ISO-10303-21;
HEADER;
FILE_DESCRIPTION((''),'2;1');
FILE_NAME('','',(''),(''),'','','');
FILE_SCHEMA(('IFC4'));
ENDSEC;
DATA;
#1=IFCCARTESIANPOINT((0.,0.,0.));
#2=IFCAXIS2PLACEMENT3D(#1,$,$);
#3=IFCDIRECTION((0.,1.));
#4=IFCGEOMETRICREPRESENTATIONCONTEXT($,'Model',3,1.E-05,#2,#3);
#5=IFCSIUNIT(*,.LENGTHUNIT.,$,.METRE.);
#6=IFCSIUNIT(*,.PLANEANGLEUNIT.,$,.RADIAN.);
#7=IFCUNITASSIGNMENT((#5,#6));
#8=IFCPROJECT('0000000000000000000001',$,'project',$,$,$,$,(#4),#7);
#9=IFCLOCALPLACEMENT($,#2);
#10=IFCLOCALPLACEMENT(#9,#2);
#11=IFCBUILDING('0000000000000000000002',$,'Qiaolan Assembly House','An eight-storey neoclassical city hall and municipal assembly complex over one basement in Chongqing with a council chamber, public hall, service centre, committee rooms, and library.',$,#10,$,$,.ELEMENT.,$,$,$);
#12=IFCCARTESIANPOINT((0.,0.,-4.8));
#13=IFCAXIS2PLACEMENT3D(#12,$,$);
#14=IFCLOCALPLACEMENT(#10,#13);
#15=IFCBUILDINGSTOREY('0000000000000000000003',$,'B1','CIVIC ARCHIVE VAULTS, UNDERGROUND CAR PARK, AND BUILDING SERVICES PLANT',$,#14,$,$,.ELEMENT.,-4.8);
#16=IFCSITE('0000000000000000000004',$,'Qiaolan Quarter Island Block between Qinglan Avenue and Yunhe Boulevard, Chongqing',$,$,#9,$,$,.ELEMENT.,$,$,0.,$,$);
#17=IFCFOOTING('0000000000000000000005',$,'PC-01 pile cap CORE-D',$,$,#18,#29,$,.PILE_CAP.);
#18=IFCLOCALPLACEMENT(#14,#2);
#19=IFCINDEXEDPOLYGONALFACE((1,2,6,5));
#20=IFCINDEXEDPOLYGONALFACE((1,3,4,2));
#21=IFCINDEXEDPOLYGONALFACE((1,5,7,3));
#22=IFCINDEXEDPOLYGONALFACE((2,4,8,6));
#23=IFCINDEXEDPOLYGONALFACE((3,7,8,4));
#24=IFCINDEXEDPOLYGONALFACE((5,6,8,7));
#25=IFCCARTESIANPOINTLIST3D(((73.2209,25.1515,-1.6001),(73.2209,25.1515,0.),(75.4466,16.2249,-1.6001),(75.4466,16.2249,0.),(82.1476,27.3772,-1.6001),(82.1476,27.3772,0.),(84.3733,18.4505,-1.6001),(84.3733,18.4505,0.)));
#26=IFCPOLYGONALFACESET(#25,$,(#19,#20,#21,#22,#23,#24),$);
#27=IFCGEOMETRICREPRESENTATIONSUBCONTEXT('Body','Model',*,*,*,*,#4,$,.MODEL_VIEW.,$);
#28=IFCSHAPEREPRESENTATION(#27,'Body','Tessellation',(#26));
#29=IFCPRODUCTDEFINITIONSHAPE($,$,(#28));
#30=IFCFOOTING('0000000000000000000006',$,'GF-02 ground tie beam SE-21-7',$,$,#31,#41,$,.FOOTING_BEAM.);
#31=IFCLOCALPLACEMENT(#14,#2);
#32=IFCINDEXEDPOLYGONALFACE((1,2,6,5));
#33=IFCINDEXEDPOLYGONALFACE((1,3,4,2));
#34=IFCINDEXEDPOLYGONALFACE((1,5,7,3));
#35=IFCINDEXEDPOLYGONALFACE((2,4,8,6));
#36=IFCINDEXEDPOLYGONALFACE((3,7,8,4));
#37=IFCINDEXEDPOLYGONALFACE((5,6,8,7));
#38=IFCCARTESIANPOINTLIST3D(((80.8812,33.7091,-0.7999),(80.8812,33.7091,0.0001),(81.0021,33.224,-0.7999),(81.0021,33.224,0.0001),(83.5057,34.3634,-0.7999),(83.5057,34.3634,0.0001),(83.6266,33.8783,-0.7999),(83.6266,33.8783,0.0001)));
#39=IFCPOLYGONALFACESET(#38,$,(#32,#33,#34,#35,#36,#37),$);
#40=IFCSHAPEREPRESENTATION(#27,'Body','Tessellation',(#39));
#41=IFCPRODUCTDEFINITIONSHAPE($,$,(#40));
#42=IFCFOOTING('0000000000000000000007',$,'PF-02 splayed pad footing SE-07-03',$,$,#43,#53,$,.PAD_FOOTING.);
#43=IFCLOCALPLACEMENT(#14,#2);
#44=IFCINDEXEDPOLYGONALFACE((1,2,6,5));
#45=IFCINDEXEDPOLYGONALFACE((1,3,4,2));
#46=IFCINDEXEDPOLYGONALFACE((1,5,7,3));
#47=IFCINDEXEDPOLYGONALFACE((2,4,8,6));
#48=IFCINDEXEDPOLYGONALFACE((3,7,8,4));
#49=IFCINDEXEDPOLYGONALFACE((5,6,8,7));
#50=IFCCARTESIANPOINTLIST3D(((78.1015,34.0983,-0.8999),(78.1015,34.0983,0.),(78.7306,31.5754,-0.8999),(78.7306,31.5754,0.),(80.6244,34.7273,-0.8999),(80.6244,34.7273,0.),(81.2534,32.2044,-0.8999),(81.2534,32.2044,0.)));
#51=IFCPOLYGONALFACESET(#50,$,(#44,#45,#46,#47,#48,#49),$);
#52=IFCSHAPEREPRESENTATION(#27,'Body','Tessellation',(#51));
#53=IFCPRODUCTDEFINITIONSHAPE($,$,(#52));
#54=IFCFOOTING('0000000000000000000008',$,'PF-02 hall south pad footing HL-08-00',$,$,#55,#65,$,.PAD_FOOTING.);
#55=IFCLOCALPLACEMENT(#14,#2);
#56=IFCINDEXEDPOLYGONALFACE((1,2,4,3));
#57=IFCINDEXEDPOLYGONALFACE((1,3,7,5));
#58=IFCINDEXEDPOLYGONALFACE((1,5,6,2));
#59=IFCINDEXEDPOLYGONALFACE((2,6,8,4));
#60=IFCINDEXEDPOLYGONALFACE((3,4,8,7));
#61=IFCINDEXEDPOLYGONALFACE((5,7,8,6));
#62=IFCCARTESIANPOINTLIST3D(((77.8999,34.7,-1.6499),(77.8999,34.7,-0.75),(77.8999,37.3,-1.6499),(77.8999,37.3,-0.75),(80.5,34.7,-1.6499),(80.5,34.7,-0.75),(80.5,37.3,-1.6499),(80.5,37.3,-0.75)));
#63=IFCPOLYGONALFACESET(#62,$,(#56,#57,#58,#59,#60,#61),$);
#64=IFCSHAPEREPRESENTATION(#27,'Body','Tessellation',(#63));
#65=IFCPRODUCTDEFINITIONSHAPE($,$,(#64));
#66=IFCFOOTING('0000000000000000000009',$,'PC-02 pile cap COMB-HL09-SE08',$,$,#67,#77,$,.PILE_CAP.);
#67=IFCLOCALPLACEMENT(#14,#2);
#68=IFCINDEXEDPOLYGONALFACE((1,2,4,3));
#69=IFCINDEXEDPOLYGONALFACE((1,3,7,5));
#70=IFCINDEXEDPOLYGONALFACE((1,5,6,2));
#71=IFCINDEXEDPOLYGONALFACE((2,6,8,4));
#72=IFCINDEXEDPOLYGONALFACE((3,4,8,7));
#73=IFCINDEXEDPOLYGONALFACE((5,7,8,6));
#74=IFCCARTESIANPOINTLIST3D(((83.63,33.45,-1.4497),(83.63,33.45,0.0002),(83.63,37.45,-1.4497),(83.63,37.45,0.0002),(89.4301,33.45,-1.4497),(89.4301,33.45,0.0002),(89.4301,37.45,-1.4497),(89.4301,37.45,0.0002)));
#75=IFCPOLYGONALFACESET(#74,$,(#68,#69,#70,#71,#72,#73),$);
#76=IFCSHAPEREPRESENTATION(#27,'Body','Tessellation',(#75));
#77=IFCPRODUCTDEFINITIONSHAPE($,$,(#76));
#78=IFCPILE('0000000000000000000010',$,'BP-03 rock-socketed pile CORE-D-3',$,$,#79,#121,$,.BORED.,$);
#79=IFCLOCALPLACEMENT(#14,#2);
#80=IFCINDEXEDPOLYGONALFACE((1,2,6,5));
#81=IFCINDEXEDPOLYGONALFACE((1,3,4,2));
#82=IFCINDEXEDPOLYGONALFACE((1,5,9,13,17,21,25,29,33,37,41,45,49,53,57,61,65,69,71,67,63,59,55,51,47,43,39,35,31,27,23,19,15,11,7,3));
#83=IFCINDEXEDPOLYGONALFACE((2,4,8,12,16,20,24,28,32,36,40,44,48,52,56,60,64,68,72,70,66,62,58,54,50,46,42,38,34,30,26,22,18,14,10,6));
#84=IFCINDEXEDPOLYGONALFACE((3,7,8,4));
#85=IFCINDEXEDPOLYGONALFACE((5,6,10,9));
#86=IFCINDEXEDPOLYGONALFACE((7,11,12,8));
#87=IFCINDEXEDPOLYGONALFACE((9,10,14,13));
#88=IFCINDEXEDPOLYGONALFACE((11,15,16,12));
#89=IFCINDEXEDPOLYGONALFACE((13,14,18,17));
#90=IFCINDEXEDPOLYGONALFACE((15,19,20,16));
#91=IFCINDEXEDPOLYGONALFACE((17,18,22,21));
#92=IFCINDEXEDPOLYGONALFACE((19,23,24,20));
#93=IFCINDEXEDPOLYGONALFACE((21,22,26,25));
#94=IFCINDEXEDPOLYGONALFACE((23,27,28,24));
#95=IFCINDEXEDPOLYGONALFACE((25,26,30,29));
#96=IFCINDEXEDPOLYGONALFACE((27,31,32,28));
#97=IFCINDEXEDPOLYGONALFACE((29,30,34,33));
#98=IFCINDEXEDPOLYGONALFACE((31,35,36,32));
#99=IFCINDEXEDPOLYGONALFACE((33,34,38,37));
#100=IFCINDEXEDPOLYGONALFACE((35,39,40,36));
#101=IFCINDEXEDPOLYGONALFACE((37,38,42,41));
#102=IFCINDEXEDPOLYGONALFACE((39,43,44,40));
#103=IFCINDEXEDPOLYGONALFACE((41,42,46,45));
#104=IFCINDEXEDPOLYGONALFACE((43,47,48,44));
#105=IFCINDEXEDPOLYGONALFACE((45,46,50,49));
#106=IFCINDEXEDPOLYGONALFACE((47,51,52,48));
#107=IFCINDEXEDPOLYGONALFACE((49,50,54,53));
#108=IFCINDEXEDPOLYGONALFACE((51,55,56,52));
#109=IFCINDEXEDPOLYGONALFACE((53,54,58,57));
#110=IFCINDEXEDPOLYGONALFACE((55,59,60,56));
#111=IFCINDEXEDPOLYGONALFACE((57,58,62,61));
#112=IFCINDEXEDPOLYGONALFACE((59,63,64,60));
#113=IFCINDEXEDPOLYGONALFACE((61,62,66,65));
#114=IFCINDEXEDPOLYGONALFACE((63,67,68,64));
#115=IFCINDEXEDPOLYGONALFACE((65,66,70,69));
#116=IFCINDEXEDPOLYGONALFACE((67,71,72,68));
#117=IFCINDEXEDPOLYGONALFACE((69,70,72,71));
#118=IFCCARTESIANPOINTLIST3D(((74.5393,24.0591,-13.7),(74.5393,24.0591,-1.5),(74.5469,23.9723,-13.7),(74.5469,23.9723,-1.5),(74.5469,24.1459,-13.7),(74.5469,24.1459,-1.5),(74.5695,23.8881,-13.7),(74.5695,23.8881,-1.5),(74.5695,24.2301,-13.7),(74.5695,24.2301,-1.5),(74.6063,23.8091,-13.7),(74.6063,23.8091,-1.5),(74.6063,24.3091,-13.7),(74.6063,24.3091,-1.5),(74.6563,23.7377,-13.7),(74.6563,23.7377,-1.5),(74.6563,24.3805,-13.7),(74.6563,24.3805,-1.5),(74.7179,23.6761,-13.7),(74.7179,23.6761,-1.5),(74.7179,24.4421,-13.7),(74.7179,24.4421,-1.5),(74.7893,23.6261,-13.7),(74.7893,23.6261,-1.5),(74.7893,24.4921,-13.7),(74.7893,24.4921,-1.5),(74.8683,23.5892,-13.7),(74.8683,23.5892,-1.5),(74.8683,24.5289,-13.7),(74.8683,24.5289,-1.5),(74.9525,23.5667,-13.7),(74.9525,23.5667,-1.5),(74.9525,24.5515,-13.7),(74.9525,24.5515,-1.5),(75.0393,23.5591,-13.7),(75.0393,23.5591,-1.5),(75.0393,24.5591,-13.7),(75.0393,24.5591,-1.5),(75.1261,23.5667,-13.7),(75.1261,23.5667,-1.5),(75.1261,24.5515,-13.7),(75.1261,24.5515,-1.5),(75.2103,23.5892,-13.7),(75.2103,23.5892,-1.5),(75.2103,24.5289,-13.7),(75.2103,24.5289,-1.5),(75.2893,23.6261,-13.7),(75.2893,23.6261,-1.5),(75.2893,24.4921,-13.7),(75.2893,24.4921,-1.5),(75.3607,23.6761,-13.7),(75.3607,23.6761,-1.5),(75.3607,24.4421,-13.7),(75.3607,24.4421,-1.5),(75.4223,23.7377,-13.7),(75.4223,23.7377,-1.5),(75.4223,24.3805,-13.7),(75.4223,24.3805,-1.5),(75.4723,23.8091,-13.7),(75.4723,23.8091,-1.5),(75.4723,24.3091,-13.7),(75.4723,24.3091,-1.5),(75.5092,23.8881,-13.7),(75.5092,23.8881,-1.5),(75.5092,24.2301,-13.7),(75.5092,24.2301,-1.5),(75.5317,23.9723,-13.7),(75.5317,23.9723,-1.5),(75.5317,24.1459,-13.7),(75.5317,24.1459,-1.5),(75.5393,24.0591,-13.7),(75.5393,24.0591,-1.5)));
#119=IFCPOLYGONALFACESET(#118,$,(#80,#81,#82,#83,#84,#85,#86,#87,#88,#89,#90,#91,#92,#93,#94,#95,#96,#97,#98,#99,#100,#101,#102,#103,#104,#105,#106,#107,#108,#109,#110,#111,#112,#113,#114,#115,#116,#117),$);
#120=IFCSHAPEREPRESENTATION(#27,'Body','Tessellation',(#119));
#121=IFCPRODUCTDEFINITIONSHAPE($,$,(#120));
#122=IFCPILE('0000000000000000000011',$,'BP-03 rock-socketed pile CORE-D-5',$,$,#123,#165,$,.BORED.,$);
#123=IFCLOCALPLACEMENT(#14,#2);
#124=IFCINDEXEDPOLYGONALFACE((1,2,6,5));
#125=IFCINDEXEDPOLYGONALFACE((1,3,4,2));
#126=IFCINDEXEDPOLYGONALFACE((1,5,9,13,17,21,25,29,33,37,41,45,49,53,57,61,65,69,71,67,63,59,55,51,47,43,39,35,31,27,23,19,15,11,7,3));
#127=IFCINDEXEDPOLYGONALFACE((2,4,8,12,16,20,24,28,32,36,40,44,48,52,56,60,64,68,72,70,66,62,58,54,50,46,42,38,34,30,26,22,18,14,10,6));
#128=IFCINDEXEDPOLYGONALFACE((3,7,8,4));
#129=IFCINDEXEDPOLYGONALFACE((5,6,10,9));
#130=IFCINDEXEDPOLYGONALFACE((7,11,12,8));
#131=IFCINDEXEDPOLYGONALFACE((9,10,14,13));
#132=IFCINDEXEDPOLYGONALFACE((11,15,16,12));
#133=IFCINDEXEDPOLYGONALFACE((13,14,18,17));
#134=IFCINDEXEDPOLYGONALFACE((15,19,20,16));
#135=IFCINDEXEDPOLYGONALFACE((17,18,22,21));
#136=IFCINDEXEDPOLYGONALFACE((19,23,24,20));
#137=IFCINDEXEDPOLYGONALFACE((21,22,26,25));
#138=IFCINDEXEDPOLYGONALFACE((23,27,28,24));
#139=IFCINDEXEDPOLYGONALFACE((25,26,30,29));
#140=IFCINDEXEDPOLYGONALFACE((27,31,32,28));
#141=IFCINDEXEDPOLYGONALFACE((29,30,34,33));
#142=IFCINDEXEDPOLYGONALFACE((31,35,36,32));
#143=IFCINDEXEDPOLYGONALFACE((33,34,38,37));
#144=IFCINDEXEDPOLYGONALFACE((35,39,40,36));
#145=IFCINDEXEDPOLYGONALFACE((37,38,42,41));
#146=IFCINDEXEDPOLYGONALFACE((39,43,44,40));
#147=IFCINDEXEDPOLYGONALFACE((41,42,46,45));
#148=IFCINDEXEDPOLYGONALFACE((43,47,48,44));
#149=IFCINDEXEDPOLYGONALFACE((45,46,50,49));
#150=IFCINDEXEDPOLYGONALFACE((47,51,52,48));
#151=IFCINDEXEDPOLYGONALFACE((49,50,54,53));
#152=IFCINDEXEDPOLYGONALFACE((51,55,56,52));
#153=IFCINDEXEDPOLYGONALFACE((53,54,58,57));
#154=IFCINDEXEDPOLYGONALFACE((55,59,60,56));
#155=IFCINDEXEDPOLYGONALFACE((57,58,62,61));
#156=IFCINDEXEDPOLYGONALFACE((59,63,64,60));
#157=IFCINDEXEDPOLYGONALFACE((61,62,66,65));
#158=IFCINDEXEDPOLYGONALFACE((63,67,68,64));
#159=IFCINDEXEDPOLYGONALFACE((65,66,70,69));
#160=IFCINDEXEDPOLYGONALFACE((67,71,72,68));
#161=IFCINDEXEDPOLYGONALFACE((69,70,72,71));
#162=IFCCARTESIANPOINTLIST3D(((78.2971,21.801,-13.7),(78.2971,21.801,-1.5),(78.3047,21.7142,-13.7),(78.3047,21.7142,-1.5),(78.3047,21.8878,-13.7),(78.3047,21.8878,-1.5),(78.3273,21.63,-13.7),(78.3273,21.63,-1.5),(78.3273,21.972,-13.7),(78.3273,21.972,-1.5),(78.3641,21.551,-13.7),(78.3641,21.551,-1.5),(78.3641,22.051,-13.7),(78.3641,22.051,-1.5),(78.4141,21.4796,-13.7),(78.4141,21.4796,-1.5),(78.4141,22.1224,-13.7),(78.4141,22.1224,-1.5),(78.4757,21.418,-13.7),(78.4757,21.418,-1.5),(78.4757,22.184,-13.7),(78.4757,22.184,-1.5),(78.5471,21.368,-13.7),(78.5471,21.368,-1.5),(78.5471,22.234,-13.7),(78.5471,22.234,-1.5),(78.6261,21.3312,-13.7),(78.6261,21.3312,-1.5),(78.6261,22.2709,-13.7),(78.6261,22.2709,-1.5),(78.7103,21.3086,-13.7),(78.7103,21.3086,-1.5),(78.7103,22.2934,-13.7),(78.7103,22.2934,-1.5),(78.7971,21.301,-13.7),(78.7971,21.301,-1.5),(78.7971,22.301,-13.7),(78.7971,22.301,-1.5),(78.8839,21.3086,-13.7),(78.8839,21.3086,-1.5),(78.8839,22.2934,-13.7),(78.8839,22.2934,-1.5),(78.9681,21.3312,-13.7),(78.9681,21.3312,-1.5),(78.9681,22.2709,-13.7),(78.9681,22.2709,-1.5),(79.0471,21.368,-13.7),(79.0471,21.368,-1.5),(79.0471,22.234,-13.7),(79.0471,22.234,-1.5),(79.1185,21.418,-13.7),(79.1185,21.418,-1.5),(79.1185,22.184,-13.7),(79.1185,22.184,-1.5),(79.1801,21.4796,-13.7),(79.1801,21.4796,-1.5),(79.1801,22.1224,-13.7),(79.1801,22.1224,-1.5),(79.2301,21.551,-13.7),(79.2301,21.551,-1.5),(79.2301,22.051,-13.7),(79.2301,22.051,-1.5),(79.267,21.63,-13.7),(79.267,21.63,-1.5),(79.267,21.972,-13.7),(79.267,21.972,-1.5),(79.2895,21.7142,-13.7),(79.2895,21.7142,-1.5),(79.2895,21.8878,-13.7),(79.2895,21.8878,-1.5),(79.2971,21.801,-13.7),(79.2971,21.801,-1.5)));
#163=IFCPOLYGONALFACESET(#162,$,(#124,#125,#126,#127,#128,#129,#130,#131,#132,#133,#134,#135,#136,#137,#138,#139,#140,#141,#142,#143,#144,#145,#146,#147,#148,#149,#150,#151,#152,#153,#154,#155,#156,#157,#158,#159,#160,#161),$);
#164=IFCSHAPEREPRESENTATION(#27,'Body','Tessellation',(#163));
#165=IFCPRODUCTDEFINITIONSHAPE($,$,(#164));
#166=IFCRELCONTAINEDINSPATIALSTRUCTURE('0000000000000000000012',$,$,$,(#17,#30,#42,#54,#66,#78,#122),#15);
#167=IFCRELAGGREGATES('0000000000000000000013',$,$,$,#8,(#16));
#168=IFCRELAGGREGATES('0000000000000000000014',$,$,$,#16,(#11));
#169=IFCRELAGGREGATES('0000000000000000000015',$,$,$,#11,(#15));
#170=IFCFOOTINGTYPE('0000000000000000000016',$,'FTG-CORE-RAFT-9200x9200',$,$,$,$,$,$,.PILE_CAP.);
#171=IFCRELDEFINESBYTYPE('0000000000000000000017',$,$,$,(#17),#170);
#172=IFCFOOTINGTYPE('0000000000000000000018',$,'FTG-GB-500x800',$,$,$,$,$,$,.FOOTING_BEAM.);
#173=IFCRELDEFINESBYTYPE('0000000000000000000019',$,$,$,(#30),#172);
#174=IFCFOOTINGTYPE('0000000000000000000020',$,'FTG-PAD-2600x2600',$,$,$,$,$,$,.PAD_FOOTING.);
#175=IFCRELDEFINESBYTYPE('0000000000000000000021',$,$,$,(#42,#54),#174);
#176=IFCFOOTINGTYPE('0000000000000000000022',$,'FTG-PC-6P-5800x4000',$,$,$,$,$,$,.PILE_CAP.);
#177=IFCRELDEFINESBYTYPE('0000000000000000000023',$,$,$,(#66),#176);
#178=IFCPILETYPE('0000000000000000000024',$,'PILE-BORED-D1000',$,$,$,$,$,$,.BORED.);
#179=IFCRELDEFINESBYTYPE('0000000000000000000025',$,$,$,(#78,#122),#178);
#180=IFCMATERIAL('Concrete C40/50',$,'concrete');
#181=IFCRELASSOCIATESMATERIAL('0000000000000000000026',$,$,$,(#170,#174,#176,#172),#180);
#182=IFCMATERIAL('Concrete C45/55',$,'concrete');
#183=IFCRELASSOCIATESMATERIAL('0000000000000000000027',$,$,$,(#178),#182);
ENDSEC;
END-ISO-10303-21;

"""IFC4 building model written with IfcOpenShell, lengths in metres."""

from ifc_helpers import new_model, si_unit, direction, frame, origin, origin_2d, place, context, subcontext, project, spatial, rectangle, circle, extrude, material, material_profile, profile_set, type_object, element, save


model = new_model("IFC4")

# Units and contexts
model_context = context("Model", 3, precision=1e-05, world=origin(), true_north=direction((0.0, 1.0)))
body_context = subcontext(model_context, "Body", "Model", "MODEL_VIEW")
ifc_project = project(units=[si_unit("LENGTHUNIT", "METRE"), si_unit("PLANEANGLEUNIT", "RADIAN")], contexts=[model_context])

# Site, building, storey
site_placement = place(None, origin())
site = spatial("IfcSite", under=ifc_project, at=site_placement, Name="Qiaolan Quarter Island Block between Qinglan Avenue and Yunhe Boulevard, Chongqing", CompositionType="ELEMENT", RefElevation=0.0)
building_placement = place(site_placement, origin())
building = spatial("IfcBuilding", under=site, at=building_placement, Name="Qiaolan Assembly House", Description="An eight-storey neoclassical city hall and municipal assembly complex over one basement in Chongqing with a council chamber, public hall, service centre, committee rooms, and library.", CompositionType="ELEMENT")
storey_placement = place(building_placement, frame((0.0, 0.0, -4.8)))
storey = spatial("IfcBuildingStorey", under=building, at=storey_placement, Name="B1", Description="CIVIC ARCHIVE VAULTS, UNDERGROUND CAR PARK, AND BUILDING SERVICES PLANT", CompositionType="ELEMENT", Elevation=-4.8)

# Footings
ifc_material_1 = material(Name="Concrete C40/50", Category="concrete")
footing_type_1 = type_object("IfcFootingType", Name="FTG-CORE-RAFT-9200x9200", PredefinedType="PILE_CAP", material=ifc_material_1)
footing_1_placement = place(storey_placement, frame((78.7971, 21.801, -1.6001), z_axis=(0.0, 0.0, 1.0), x_axis=(0.970296, 0.241922, 0.0)))
element("IfcFooting", 1, at=footing_1_placement, inside=storey, type_object=footing_type_1, Name="PC-01 pile cap CORE-D", PredefinedType="PILE_CAP", context=body_context, shape_type="SweptSolid", body=[
    extrude(rectangle(XDim=9.2, YDim=9.2, at=origin_2d()), origin(), (0.0, 0.0, 1.0), 1.6001),
])
ifc_material_profile_1 = material_profile(ifc_material_1, rectangle(XDim=0.5, YDim=0.8, at=origin_2d()), Name="GF 500x800")
ifc_profile_set_1 = profile_set([ifc_material_profile_1], Name="Concrete C40/50")
footing_type_2 = type_object("IfcFootingType", Name="FTG-GB-500x800", PredefinedType="FOOTING_BEAM", material=ifc_profile_set_1)
footing_2_placement = place(storey_placement, frame((80.9417, 33.4666, -0.3999), z_axis=(0.970302, 0.241898, 0.0), x_axis=(-0.241898, 0.970302, 0.0)))
element("IfcFooting", 2, at=footing_2_placement, inside=storey, type_object=footing_type_2, Name="GF-02 ground tie beam SE-21-7", PredefinedType="FOOTING_BEAM", context=body_context, shape_type="SweptSolid", body=[
    extrude(rectangle(XDim=0.5, YDim=0.8, at=origin_2d()), origin(), (0.0, 0.0, 1.0), 2.7048),
])
footing_type_3 = type_object("IfcFootingType", Name="FTG-PAD-2600x2600", PredefinedType="PAD_FOOTING", material=ifc_material_1)
for number, where, z_axis, x_axis, name in (
    (3, (79.6775, 33.1514, -0.8999), (0.0, 0.0, 1.0), (0.970296, 0.241922, 0.0), "PF-02 splayed pad footing SE-07-03"),
    (4, (79.2, 36.0, -1.6499), (0.0, 0.0, 1.0), (1.0, 0.0, 0.0), "PF-02 hall south pad footing HL-08-00"),
):
    element("IfcFooting", number, at=place(storey_placement, frame(where, z_axis=z_axis, x_axis=x_axis)), inside=storey, type_object=footing_type_3, Name=name, PredefinedType="PAD_FOOTING", context=body_context, shape_type="SweptSolid", body=[
        extrude(rectangle(XDim=2.6001, YDim=2.6001, at=origin_2d()), origin(), (0.0, 0.0, 1.0), 0.8999),
    ])
footing_type_4 = type_object("IfcFootingType", Name="FTG-PC-6P-5800x4000", PredefinedType="PILE_CAP", material=ifc_material_1)
footing_3_placement = place(storey_placement, frame((86.53, 35.45, -1.4497), z_axis=(0.0, 0.0, 1.0), x_axis=(1.0, 0.0, 0.0)))
element("IfcFooting", 5, at=footing_3_placement, inside=storey, type_object=footing_type_4, Name="PC-02 pile cap COMB-HL09-SE08", PredefinedType="PILE_CAP", context=body_context, shape_type="SweptSolid", body=[
    extrude(rectangle(XDim=5.8, YDim=4.0, at=origin_2d()), origin(), (0.0, 0.0, 1.0), 1.45),
])

# Piles
ifc_material_2 = material(Name="Concrete C45/55", Category="concrete")
ifc_material_profile_2 = material_profile(ifc_material_2, circle(Radius=0.5, at=origin_2d()), Name="PILE D1000")
ifc_profile_set_2 = profile_set([ifc_material_profile_2], Name="Concrete C45/55")
pile_type_1 = type_object("IfcPileType", Name="PILE-BORED-D1000", PredefinedType="BORED", material=ifc_profile_set_2)
for number, where, z_axis, x_axis, name in (
    (6, (75.0393, 24.0591, -1.5), (0.0, 0.0, -1.0), (1.0, 0.0, 0.0), "BP-03 rock-socketed pile CORE-D-3"),
    (7, (78.7971, 21.801, -1.5), (0.0, 0.0, -1.0), (1.0, 0.0, 0.0), "BP-03 rock-socketed pile CORE-D-5"),
):
    element("IfcPile", number, at=place(storey_placement, frame(where, z_axis=z_axis, x_axis=x_axis)), inside=storey, type_object=pile_type_1, Name=name, PredefinedType="BORED", context=body_context, shape_type="SweptSolid", body=[
        extrude(circle(Radius=0.5, at=origin_2d()), origin(), (0.0, 0.0, 1.0), 12.2),
    ])

save(model, "model.ifc")
